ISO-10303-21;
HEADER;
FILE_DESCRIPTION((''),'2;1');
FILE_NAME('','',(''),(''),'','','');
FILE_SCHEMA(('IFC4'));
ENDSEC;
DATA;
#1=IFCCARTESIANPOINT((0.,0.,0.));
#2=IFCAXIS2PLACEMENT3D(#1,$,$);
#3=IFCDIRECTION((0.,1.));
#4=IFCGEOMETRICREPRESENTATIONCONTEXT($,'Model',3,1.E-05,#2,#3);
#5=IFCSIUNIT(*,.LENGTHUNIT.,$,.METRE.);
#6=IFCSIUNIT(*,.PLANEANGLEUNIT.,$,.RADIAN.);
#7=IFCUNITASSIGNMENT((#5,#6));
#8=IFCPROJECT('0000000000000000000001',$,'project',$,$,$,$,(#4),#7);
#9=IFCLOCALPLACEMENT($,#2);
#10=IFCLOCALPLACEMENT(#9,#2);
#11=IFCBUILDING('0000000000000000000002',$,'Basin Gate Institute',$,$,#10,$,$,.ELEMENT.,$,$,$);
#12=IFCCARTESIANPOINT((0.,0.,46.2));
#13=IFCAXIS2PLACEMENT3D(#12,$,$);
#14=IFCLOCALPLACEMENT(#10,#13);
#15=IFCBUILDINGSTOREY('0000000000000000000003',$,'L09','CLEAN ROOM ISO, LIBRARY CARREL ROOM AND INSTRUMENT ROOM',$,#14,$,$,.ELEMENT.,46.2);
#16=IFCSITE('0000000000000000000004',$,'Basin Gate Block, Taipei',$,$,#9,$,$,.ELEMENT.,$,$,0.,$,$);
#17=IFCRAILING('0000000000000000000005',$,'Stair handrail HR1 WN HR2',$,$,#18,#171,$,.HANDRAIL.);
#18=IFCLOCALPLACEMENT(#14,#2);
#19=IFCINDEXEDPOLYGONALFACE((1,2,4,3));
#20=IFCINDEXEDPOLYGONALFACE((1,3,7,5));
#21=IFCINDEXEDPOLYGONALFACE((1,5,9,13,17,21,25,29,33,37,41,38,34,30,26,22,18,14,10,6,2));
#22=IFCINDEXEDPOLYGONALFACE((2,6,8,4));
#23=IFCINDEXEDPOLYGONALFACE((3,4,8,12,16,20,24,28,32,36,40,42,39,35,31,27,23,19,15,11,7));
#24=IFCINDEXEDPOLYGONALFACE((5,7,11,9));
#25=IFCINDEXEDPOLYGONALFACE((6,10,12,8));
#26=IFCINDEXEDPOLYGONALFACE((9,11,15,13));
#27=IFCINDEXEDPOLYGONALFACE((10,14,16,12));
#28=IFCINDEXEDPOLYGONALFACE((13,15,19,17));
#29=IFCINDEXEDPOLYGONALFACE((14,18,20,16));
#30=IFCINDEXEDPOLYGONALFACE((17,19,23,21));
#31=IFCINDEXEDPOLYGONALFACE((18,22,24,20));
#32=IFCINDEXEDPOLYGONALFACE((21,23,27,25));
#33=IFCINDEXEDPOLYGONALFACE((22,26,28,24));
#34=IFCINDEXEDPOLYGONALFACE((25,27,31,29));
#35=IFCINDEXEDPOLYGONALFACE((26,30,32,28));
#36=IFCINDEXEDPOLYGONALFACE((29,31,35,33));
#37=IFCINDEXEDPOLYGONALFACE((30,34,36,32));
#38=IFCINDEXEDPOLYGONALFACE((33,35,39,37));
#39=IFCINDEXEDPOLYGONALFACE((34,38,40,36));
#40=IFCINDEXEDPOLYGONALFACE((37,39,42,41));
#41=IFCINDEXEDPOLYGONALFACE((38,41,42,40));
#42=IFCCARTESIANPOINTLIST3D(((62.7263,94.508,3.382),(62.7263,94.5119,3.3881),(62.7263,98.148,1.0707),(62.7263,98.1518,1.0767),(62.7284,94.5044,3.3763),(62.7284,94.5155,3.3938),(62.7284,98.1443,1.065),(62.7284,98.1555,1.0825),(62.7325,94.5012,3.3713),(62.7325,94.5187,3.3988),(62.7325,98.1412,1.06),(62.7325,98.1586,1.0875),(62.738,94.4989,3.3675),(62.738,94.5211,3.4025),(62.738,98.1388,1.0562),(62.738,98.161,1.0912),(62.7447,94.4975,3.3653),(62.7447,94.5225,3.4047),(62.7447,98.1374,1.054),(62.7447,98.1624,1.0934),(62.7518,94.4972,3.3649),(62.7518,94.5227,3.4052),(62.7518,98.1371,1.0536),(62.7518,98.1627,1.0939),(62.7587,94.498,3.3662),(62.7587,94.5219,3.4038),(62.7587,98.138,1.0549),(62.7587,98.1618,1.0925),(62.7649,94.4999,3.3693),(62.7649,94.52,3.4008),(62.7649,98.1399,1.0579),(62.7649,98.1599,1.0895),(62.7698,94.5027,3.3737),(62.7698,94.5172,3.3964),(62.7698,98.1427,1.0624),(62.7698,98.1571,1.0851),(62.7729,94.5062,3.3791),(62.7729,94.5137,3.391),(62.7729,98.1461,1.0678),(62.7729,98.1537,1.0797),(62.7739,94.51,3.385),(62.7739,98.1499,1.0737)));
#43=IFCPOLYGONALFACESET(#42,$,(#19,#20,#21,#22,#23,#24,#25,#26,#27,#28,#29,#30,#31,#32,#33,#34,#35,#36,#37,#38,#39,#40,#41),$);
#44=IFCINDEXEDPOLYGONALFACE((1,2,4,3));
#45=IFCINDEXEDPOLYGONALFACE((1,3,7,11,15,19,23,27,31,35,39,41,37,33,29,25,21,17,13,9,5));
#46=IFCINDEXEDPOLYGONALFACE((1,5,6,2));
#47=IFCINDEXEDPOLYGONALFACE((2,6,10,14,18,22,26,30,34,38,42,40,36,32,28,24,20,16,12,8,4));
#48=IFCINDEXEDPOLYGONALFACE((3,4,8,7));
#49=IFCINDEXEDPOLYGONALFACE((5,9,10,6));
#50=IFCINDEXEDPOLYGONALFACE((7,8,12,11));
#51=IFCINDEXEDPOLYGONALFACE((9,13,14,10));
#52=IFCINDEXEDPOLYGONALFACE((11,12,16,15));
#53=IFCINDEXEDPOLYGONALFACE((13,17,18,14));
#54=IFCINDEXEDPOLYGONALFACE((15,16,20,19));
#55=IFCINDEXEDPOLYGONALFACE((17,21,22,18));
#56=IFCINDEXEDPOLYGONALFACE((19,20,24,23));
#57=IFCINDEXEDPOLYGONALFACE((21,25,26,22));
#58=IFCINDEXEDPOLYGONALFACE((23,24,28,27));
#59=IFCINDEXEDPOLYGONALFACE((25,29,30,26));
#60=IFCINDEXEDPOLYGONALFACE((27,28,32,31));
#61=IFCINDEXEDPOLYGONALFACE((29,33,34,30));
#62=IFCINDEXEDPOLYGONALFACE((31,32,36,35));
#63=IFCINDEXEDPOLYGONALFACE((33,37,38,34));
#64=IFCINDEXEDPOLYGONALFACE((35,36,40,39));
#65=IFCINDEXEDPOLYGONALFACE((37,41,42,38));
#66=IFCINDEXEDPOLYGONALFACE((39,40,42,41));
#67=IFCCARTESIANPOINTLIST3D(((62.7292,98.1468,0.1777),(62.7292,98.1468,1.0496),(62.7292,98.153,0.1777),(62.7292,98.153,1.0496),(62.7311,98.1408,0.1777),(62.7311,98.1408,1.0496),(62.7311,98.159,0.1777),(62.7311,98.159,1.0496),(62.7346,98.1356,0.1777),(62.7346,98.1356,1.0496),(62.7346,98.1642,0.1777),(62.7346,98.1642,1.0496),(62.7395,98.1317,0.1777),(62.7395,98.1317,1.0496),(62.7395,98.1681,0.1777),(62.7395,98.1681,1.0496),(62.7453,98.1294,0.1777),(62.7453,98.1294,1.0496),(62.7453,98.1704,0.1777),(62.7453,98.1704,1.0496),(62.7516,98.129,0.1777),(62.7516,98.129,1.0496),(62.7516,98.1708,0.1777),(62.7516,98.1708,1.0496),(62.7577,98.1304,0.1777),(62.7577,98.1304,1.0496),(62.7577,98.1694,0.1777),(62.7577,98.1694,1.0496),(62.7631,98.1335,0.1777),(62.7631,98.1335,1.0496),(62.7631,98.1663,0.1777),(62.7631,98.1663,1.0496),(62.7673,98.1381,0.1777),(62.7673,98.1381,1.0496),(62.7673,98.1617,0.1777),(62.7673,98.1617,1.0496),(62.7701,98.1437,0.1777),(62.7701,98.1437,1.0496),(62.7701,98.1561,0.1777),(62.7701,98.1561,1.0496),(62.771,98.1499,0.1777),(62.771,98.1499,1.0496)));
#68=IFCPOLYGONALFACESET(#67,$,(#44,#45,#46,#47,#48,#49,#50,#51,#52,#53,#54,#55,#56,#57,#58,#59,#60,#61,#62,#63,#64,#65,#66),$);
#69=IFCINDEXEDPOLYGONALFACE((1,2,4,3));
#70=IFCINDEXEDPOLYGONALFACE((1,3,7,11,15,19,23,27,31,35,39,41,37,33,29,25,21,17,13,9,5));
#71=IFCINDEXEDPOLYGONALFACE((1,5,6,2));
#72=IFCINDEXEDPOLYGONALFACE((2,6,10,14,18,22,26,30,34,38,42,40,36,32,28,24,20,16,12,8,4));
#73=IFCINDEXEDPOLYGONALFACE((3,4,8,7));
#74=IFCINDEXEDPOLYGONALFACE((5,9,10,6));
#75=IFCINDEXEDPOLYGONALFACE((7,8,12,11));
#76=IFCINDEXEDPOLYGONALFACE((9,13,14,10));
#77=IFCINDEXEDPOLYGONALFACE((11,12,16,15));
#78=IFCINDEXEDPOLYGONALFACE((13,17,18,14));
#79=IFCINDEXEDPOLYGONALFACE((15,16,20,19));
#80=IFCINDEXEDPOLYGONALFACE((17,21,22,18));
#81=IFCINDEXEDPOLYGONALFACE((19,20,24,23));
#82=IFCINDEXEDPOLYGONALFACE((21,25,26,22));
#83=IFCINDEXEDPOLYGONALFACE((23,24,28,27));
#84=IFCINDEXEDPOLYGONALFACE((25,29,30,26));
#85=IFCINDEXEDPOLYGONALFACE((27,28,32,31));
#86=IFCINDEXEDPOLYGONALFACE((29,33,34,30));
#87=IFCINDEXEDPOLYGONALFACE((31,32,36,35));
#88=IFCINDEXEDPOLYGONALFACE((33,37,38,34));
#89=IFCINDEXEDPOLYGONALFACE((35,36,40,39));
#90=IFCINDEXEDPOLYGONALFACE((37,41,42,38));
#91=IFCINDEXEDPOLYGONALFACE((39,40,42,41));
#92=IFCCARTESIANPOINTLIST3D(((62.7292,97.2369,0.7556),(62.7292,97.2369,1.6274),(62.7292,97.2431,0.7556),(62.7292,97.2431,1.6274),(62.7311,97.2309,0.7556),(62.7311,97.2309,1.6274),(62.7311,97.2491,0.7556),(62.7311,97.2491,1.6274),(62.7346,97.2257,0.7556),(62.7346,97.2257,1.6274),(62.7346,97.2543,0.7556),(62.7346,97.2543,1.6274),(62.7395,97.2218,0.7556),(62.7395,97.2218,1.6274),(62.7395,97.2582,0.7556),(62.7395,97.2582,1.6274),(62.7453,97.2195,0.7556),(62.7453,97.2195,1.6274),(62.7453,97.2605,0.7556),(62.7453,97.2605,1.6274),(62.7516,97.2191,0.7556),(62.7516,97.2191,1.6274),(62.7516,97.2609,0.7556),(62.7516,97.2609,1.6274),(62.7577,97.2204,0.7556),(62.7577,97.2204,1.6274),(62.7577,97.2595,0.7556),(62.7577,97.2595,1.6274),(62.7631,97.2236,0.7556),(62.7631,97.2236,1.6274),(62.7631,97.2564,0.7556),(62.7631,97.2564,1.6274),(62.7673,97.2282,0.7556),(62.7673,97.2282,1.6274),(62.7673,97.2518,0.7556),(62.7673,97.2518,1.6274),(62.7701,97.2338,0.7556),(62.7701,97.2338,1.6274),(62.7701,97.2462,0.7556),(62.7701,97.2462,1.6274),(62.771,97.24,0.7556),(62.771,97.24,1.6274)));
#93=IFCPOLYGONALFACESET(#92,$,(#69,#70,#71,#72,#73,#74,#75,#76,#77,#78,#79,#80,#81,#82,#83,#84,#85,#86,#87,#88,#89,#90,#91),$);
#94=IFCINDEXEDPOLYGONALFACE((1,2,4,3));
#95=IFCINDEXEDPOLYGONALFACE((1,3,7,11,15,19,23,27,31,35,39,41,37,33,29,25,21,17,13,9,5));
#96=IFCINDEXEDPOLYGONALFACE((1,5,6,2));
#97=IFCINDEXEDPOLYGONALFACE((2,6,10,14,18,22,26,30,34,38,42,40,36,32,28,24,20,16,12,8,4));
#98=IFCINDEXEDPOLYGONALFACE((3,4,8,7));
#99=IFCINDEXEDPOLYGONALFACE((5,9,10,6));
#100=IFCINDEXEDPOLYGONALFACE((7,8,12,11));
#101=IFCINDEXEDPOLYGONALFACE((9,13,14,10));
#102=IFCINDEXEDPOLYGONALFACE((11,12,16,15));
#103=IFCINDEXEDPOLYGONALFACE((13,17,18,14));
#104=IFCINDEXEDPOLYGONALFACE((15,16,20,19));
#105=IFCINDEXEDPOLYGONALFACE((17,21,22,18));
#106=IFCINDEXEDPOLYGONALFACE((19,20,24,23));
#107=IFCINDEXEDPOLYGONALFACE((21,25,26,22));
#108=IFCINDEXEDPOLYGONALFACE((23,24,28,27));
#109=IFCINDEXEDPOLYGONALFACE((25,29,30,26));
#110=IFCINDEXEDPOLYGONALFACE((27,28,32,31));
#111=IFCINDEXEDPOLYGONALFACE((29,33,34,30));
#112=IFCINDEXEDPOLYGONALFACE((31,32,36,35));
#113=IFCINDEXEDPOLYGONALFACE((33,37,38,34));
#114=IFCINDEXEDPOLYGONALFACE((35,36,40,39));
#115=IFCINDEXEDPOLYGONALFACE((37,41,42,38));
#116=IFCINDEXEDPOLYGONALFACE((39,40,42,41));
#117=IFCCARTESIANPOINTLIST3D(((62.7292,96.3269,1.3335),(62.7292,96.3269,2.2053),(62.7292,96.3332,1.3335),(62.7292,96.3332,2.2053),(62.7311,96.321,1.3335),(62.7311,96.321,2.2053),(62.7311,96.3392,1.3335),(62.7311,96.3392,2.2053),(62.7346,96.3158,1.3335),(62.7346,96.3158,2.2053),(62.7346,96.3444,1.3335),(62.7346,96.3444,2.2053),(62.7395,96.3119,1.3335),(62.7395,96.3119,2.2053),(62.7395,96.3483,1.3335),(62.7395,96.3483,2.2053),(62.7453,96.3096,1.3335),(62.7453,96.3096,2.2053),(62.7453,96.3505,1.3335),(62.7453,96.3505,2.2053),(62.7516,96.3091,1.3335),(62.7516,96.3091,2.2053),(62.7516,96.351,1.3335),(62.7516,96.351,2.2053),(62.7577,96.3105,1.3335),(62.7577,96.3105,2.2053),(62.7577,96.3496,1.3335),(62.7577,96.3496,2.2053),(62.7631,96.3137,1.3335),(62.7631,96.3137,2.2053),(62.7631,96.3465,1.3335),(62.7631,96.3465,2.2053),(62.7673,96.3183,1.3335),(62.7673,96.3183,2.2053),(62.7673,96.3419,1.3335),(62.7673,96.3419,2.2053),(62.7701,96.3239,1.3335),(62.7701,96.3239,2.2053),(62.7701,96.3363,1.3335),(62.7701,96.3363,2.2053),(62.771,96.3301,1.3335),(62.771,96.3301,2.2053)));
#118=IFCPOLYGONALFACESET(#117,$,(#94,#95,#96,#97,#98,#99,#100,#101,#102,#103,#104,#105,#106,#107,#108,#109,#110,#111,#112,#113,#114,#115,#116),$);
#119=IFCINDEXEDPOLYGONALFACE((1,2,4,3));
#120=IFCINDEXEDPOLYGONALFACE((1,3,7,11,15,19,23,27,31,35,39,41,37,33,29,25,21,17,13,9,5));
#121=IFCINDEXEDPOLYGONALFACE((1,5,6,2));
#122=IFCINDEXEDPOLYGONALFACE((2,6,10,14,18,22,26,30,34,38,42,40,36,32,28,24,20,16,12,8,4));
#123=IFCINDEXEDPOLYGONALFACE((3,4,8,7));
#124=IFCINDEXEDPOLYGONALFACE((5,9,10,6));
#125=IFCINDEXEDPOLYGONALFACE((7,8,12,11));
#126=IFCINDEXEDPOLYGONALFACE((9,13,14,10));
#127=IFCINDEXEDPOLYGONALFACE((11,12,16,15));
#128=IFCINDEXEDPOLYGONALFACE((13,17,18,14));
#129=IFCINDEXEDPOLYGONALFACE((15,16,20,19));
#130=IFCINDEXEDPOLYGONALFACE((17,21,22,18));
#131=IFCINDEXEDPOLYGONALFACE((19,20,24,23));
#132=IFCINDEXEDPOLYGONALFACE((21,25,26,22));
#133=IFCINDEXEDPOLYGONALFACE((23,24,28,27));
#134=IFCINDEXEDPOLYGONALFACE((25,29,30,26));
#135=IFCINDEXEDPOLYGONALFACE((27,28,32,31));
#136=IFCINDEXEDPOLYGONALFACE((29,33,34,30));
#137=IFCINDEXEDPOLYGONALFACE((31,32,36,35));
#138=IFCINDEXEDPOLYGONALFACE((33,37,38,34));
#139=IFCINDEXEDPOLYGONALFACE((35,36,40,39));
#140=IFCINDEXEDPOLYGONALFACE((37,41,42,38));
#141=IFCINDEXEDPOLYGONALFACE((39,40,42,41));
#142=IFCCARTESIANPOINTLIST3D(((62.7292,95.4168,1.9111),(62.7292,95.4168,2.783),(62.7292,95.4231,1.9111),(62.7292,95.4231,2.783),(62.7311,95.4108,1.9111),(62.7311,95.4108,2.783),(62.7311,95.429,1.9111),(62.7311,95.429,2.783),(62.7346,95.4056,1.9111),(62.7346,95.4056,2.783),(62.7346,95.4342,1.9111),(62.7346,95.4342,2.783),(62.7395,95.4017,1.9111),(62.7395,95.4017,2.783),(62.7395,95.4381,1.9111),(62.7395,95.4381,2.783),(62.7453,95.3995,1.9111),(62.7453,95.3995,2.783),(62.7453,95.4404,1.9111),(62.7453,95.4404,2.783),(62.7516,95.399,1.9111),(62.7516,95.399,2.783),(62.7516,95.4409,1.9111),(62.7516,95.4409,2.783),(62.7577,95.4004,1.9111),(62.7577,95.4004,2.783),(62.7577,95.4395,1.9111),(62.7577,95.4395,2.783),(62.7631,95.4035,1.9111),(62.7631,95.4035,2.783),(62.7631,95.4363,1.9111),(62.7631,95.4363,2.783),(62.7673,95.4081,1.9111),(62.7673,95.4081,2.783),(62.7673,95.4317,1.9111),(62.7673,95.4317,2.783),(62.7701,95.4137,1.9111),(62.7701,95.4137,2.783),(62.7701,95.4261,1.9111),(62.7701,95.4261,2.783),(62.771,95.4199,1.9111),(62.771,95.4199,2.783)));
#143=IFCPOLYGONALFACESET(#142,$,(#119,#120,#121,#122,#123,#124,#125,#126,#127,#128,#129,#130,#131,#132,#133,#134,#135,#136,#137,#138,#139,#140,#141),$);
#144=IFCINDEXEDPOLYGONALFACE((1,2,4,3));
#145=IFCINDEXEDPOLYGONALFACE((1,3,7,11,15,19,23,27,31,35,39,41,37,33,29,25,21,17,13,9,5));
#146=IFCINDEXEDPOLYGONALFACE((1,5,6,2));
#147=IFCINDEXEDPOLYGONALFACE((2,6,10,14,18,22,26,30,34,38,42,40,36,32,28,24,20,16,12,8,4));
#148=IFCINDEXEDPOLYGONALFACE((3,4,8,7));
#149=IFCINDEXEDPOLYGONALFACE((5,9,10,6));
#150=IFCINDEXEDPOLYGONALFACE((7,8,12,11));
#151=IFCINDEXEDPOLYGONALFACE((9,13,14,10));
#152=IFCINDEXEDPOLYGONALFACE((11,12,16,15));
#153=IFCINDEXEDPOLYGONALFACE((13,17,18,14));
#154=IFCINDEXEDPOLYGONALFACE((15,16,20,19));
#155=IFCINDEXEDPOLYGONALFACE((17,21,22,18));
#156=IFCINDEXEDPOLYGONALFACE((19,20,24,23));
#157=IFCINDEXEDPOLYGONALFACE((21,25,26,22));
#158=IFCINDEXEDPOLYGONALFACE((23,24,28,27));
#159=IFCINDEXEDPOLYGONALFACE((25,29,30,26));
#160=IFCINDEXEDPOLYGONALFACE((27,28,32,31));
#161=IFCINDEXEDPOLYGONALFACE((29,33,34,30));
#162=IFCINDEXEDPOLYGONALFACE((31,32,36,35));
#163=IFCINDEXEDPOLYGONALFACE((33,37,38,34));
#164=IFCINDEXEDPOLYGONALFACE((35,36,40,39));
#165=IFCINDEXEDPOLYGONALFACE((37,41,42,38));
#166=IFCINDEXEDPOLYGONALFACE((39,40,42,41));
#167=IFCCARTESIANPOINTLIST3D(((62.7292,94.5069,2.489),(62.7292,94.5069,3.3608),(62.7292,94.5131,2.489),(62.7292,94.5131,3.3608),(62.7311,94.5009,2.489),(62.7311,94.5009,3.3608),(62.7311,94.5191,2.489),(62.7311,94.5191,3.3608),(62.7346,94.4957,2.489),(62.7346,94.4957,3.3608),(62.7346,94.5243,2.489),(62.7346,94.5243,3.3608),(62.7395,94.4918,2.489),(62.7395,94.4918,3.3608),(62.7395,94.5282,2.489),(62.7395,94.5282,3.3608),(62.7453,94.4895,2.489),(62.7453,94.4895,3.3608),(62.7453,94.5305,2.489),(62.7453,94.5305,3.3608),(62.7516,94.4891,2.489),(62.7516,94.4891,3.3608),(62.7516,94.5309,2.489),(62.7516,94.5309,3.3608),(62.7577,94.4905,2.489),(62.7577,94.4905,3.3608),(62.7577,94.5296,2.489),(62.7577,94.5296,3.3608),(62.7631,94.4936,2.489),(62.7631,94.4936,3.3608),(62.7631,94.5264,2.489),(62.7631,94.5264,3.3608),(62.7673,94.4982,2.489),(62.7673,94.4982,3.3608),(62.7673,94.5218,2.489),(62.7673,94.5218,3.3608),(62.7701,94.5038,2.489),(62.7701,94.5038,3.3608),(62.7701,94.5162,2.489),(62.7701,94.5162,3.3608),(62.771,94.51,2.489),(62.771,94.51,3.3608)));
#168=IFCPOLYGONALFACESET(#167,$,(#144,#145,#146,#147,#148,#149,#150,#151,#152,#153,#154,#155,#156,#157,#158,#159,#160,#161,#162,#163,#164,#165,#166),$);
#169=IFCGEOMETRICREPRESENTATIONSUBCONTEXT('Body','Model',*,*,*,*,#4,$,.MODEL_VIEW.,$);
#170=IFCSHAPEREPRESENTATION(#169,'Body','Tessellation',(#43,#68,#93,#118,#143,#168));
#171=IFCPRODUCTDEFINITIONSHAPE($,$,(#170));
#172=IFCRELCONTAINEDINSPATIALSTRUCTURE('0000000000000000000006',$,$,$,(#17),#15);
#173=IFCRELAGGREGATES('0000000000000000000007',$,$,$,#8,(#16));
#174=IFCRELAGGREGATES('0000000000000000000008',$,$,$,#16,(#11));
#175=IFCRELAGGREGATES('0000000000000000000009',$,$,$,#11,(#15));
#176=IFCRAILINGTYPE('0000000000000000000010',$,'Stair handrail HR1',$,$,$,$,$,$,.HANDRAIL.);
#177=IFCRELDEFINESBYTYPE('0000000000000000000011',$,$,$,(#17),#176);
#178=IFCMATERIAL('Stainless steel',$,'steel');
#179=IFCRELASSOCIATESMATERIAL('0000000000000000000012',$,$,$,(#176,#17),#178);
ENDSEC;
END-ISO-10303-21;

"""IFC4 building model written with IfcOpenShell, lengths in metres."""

from ifc_helpers import new_model, si_unit, direction, frame, origin, origin_2d, place, context, subcontext, project, spatial, circle, extrude, material, type_object, element, save


model = new_model("IFC4")

# Units and contexts
model_context = context("Model", 3, precision=1e-05, world=origin(), true_north=direction((0.0, 1.0)))
body_context = subcontext(model_context, "Body", "Model", "MODEL_VIEW")
ifc_project = project(units=[si_unit("LENGTHUNIT", "METRE"), si_unit("PLANEANGLEUNIT", "RADIAN")], contexts=[model_context])

# Site, building, storey
site_placement = place(None, origin())
site = spatial("IfcSite", under=ifc_project, at=site_placement, Name="Basin Gate Block, Taipei", CompositionType="ELEMENT", RefElevation=0.0)
building_placement = place(site_placement, origin())
building = spatial("IfcBuilding", under=site, at=building_placement, Name="Basin Gate Institute", CompositionType="ELEMENT")
storey_placement = place(building_placement, frame((0.0, 0.0, 46.2)))
storey = spatial("IfcBuildingStorey", under=building, at=storey_placement, Name="L09", Description="CLEAN ROOM ISO, LIBRARY CARREL ROOM AND INSTRUMENT ROOM", CompositionType="ELEMENT", Elevation=46.2)

# Railing
ifc_material_1 = material(Name="Stainless steel", Category="steel")
railing_type_1 = type_object("IfcRailingType", Name="Stair handrail HR1", PredefinedType="HANDRAIL", material=ifc_material_1)
for number, where, name in (
    (1, (62.75, 98.1499, 0.1777), "Stair handrail HR1 WN HR2"),
):
    element("IfcRailing", number, at=place(storey_placement, frame(where)), inside=storey, type_object=railing_type_1, material=ifc_material_1, Name=name, PredefinedType="HANDRAIL", context=body_context, shape_type="SweptSolid", body=[
        extrude(circle(Radius=0.0239, at=origin_2d()), frame((0.0, 0.0, 0.896), z_axis=(0.0, -0.844188, 0.536047), x_axis=(1.0, 0.0, 0.0)), (0.0, 0.0, 1.0), 4.3118),
        extrude(circle(Radius=0.021, at=origin_2d()), origin(), (0.0, 0.0, 1.0), 0.8718),
        extrude(circle(Radius=0.021, at=origin_2d()), frame((0.0, -0.9099, 0.5779)), (0.0, 0.0, 1.0), 0.8718),
        extrude(circle(Radius=0.021, at=origin_2d()), frame((0.0, -1.8198, 1.1558)), (0.0, 0.0, 1.0), 0.8718),
        extrude(circle(Radius=0.021, at=origin_2d()), frame((0.0, -2.73, 1.7334)), (0.0, 0.0, 1.0), 0.8718),
        extrude(circle(Radius=0.021, at=origin_2d()), frame((0.0, -3.6399, 2.3113)), (0.0, 0.0, 1.0), 0.8718),
    ])

save(model, "model.ifc")
